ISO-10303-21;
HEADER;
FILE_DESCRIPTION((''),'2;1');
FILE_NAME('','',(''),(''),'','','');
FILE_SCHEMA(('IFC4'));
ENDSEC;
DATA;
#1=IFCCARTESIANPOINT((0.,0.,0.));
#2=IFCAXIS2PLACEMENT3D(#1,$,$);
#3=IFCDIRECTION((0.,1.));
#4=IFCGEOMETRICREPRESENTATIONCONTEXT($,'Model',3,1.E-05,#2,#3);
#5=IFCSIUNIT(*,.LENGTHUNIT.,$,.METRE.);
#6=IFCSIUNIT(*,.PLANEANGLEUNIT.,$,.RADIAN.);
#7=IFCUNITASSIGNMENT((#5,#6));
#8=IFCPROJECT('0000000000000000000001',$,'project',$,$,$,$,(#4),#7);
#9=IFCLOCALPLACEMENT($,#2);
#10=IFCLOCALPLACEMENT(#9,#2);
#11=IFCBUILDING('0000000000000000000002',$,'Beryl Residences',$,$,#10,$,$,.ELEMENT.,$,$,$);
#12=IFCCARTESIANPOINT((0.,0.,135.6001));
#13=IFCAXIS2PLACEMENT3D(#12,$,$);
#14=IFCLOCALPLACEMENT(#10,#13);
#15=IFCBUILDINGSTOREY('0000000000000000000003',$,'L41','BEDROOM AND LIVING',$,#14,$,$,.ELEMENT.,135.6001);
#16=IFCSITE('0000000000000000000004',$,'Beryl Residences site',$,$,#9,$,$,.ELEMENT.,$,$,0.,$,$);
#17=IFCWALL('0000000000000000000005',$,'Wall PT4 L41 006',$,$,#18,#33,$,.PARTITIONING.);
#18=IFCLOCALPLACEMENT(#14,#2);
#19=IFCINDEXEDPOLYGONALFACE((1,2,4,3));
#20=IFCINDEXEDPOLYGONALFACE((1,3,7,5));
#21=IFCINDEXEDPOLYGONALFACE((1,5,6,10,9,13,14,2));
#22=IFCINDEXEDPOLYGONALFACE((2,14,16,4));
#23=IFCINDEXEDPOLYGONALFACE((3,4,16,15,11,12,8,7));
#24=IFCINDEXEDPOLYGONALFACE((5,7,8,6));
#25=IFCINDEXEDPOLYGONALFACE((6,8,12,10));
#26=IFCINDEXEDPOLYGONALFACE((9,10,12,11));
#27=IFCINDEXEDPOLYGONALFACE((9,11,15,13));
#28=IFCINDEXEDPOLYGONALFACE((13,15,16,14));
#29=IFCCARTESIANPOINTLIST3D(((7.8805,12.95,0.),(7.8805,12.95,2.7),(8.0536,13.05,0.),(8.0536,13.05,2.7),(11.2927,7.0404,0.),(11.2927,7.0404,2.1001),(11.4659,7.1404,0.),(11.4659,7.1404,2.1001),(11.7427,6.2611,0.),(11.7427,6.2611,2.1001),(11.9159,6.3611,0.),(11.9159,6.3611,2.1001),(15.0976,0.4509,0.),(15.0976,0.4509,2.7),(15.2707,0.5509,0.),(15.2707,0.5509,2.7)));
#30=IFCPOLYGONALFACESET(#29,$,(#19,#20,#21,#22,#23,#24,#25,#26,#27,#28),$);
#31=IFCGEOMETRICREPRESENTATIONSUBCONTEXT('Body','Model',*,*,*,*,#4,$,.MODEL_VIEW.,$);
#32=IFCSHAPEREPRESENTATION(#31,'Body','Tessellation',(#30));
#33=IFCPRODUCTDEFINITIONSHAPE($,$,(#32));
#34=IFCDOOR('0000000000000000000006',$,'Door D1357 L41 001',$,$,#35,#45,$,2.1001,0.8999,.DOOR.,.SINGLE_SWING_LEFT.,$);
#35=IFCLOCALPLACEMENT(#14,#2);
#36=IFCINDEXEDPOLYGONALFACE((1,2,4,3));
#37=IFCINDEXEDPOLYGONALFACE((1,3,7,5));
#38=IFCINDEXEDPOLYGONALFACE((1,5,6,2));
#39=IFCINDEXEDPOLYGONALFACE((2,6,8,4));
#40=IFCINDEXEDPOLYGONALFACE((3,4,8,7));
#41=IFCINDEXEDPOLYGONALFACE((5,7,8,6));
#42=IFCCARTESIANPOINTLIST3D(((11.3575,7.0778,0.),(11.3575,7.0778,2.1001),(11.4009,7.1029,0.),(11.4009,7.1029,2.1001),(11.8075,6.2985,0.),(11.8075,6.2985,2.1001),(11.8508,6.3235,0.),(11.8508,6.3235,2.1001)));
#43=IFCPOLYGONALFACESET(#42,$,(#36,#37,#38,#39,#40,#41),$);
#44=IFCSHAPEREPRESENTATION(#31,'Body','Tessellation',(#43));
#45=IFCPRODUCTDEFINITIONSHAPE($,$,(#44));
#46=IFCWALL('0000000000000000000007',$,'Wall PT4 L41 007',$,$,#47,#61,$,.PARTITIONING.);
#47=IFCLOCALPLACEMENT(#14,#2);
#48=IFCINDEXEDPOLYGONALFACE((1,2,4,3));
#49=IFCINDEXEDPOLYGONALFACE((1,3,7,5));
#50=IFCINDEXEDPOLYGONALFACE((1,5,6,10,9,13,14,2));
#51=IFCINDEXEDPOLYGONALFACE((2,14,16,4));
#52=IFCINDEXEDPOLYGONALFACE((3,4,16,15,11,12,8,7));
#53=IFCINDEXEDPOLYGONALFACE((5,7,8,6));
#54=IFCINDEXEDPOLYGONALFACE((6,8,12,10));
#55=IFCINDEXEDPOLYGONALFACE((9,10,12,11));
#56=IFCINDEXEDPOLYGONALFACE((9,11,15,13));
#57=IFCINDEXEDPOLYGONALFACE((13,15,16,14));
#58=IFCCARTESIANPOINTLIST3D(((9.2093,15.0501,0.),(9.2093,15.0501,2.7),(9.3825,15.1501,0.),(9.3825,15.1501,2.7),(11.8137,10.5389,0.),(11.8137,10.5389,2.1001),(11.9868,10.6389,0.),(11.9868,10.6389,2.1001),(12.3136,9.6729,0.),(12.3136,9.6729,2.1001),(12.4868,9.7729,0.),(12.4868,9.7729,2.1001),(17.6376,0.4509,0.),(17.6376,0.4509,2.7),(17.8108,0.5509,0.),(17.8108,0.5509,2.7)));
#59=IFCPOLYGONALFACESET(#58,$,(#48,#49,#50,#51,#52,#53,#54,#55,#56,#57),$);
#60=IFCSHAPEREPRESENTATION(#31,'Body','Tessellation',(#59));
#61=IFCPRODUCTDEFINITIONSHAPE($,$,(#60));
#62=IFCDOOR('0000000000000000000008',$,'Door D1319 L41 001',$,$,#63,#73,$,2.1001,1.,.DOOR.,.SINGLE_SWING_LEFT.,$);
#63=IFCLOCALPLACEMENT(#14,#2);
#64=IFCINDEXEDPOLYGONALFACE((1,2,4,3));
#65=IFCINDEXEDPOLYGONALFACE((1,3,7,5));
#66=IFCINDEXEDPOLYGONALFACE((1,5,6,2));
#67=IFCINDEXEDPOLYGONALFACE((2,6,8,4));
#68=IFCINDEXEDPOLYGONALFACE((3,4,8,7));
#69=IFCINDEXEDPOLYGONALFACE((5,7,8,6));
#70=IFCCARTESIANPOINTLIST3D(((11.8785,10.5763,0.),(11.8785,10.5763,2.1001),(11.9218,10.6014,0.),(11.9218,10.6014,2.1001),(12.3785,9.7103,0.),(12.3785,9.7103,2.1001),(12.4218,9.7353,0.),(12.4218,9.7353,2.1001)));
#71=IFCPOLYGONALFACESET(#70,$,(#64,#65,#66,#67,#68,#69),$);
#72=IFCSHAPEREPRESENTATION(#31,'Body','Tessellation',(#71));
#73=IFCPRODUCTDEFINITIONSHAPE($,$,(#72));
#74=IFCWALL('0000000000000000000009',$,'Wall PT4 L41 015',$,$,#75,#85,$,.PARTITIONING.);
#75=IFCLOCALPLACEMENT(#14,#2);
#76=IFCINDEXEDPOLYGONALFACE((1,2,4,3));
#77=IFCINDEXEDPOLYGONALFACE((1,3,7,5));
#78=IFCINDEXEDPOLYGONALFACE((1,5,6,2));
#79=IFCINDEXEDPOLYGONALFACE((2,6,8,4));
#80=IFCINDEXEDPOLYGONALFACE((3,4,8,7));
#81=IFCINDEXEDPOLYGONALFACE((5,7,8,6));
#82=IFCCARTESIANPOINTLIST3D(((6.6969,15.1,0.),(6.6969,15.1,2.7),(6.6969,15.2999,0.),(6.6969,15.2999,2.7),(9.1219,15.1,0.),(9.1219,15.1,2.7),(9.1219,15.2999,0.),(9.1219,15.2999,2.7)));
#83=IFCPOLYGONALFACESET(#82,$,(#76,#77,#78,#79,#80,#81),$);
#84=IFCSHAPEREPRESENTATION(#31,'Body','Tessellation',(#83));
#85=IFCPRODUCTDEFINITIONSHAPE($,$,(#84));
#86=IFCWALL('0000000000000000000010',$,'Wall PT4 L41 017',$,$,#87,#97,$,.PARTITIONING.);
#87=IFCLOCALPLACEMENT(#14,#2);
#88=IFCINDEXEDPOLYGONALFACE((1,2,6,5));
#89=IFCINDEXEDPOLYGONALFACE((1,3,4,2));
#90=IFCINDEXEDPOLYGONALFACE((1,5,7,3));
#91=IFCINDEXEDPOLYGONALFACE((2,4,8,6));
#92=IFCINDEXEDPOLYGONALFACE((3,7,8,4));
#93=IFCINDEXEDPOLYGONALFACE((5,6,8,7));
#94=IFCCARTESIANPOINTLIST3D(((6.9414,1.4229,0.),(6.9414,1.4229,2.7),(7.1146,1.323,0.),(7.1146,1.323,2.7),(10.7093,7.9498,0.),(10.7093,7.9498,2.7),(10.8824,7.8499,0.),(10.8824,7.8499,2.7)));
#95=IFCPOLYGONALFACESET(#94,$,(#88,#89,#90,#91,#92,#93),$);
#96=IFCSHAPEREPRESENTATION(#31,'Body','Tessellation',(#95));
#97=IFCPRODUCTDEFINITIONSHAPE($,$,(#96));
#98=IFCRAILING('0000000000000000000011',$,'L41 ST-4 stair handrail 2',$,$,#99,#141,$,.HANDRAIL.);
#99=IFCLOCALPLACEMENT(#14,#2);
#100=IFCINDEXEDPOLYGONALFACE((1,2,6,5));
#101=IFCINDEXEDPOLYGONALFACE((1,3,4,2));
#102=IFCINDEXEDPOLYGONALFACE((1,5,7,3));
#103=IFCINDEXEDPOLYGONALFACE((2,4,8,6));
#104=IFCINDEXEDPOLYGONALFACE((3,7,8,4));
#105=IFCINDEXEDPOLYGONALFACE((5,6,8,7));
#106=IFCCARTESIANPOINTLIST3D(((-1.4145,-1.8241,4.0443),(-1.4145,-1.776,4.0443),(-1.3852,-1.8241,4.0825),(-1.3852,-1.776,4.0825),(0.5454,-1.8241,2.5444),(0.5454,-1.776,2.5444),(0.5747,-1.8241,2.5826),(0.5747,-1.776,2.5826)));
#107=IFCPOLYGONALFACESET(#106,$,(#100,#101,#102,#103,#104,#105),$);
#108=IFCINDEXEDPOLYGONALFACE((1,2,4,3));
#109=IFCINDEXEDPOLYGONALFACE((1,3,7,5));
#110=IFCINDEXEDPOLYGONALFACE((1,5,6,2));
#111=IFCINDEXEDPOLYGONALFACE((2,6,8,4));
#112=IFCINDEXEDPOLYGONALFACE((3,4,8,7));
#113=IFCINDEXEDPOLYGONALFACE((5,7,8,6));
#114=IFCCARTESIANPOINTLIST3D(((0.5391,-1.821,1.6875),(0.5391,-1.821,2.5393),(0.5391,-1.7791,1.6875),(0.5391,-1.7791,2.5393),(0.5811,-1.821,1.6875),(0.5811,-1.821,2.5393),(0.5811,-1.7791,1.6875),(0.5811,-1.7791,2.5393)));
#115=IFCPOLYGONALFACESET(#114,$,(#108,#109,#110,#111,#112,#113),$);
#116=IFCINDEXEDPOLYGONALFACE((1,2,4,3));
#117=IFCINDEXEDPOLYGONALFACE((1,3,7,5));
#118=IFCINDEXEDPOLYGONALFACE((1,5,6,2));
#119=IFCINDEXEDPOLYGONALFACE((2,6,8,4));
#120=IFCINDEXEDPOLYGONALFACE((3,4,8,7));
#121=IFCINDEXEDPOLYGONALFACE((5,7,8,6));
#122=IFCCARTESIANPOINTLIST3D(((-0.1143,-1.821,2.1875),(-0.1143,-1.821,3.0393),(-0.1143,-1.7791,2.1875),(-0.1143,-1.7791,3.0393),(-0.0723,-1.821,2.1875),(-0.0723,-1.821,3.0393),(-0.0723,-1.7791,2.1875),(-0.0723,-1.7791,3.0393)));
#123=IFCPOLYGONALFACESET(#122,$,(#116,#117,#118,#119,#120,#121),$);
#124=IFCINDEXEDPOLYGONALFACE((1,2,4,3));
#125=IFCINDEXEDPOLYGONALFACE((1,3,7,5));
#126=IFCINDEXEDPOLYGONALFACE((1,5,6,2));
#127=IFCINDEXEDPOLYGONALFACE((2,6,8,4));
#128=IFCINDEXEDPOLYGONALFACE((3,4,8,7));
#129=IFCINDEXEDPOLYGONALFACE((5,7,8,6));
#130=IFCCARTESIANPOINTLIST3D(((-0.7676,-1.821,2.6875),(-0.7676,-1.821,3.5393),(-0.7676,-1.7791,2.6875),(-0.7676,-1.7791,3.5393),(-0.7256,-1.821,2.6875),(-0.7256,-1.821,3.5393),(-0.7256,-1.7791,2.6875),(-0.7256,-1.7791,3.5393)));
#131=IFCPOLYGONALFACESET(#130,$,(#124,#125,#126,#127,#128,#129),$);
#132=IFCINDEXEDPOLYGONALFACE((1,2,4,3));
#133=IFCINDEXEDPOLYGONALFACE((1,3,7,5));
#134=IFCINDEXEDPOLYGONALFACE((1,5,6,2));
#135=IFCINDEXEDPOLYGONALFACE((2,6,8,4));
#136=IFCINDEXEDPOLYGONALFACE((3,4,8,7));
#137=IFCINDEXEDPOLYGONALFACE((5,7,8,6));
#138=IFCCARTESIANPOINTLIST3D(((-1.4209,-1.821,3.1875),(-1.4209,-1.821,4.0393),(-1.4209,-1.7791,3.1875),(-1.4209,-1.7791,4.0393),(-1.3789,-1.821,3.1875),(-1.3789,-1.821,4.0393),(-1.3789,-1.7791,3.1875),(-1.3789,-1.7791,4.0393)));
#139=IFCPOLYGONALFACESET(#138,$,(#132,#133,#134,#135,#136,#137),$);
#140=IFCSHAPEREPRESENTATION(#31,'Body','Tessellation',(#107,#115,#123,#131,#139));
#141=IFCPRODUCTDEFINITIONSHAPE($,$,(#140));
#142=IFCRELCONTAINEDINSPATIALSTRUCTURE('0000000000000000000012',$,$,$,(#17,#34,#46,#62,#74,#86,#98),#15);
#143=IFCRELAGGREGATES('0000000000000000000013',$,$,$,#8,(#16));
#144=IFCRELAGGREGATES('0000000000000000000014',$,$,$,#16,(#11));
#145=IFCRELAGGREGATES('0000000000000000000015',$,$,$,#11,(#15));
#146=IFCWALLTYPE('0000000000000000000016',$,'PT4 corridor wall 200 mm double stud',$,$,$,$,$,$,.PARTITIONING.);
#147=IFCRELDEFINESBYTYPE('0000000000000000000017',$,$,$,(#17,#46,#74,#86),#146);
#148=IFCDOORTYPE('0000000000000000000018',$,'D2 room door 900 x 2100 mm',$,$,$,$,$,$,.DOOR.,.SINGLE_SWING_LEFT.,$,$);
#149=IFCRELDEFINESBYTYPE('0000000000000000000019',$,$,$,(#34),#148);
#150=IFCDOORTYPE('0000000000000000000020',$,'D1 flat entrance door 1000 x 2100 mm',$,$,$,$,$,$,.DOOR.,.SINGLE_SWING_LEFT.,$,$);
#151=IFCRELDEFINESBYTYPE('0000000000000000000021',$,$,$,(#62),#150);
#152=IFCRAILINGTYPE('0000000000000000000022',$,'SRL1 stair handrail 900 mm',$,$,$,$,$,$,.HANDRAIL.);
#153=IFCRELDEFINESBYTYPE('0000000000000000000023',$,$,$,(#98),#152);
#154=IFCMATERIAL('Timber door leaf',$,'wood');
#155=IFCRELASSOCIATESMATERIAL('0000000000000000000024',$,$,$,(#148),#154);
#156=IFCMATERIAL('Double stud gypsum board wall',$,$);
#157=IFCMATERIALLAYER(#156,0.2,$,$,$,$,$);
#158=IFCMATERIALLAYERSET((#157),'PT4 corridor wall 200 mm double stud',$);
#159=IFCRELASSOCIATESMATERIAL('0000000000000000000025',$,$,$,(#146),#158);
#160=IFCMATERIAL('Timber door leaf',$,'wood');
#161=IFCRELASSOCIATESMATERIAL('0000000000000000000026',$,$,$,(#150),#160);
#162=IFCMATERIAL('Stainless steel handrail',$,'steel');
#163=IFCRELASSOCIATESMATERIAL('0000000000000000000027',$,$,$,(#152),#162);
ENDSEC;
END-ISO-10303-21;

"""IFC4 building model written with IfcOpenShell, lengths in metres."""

from ifc_helpers import new_model, si_unit, direction, frame, frame_2d, origin, origin_2d, place, context, subcontext, project, spatial, rectangle, extrude, material, layer, layer_set, type_object, element, fill, save


model = new_model("IFC4")

# Units and contexts
model_context = context("Model", 3, precision=1e-05, world=origin(), true_north=direction((0.0, 1.0)))
body_context = subcontext(model_context, "Body", "Model", "MODEL_VIEW")
ifc_project = project(units=[si_unit("LENGTHUNIT", "METRE"), si_unit("PLANEANGLEUNIT", "RADIAN")], contexts=[model_context])

# Site, building, storey
site_placement = place(None, origin())
site = spatial("IfcSite", under=ifc_project, at=site_placement, Name="Beryl Residences site", CompositionType="ELEMENT", RefElevation=0.0)
building_placement = place(site_placement, origin())
building = spatial("IfcBuilding", under=site, at=building_placement, Name="Beryl Residences", CompositionType="ELEMENT")
storey_placement = place(building_placement, frame((0.0, 0.0, 135.6001)))
storey = spatial("IfcBuildingStorey", under=building, at=storey_placement, Name="L41", Description="BEDROOM AND LIVING", CompositionType="ELEMENT", Elevation=135.6001)

# Shared definitions
ifc_material_1 = material(Name="Timber door leaf", Category="wood")
door_type_1 = type_object("IfcDoorType", Name="D2 room door 900 x 2100 mm", OperationType="SINGLE_SWING_LEFT", PredefinedType="DOOR", material=ifc_material_1)

# Walls, openings, doors
ifc_material_2 = material(Name="Double stud gypsum board wall")
ifc_layer_1 = layer(ifc_material_2, 0.2)
ifc_layer_set_1 = layer_set([ifc_layer_1], Name="PT4 corridor wall 200 mm double stud")
wall_type_1 = type_object("IfcWallType", Name="PT4 corridor wall 200 mm double stud", PredefinedType="PARTITIONING", material=ifc_layer_set_1)
wall_1_placement = place(storey_placement, frame((7.967, 13.0, 0.0), z_axis=(0.0, 0.0, 1.0), x_axis=(0.500038, -0.866004, 0.0)))
wall_1 = element("IfcWall", 1, at=wall_1_placement, inside=storey, type_object=wall_type_1, Name="Wall PT4 L41 006", PredefinedType="PARTITIONING", context=body_context, shape_type="SweptSolid", body=[
    extrude(rectangle(XDim=14.4331, YDim=0.2, at=frame_2d((7.2166, 0.0))), origin(), (0.0, 0.0, 1.0), 2.7),
])
opening_1_placement = place(wall_1_placement, frame((6.824, 0.0, 0.0)))
opening_1 = element("IfcOpeningElement", 2, at=opening_1_placement, cuts=wall_1, PredefinedType="OPENING", context=body_context, shape_type="SweptSolid", body=[
    extrude(rectangle(XDim=0.8999, YDim=2.1001, at=frame_2d((0.45, 1.05))), frame((0.0, 0.1099, 0.0), z_axis=(0.0, -1.0, 0.0), x_axis=(1.0, 0.0, 0.0)), (0.0, 0.0, 1.0), 0.22),
])
door_1_placement = place(opening_1_placement, origin())
door_1 = element("IfcDoor", 3, at=door_1_placement, inside=storey, type_object=door_type_1, Name="Door D1357 L41 001", OperationType="SINGLE_SWING_LEFT", OverallHeight=2.1001, OverallWidth=0.8999, PredefinedType="DOOR", context=body_context, shape_type="SweptSolid", body=[
    extrude(rectangle(XDim=0.8999, YDim=2.1001, at=frame_2d((0.45, 1.05))), frame((0.0, 0.0249, 0.0), z_axis=(0.0, -1.0, 0.0), x_axis=(1.0, 0.0, 0.0)), (0.0, 0.0, 1.0), 0.05),
])
fill(opening_1, door_1)
wall_2_placement = place(storey_placement, frame((9.2959, 15.1001, 0.0), z_axis=(0.0, 0.0, 1.0), x_axis=(0.499974, -0.86604, 0.0)))
wall_2 = element("IfcWall", 4, at=wall_2_placement, inside=storey, type_object=wall_type_1, Name="Wall PT4 L41 007", PredefinedType="PARTITIONING", context=body_context, shape_type="SweptSolid", body=[
    extrude(rectangle(XDim=16.8574, YDim=0.2, at=frame_2d((8.4287, 0.0))), origin(), (0.0, 0.0, 1.0), 2.7),
])
opening_2_placement = place(wall_2_placement, frame((5.209, 0.0, 0.0)))
opening_2 = element("IfcOpeningElement", 5, at=opening_2_placement, cuts=wall_2, PredefinedType="OPENING", context=body_context, shape_type="SweptSolid", body=[
    extrude(rectangle(XDim=1.0, YDim=2.1001, at=frame_2d((0.5, 1.05))), frame((0.0, 0.1099, 0.0), z_axis=(0.0, -1.0, 0.0), x_axis=(1.0, 0.0, 0.0)), (0.0, 0.0, 1.0), 0.22),
])
ifc_material_3 = material(Name="Timber door leaf", Category="wood")
door_type_2 = type_object("IfcDoorType", Name="D1 flat entrance door 1000 x 2100 mm", OperationType="SINGLE_SWING_LEFT", PredefinedType="DOOR", material=ifc_material_3)
door_2_placement = place(opening_2_placement, origin())
door_2 = element("IfcDoor", 6, at=door_2_placement, inside=storey, type_object=door_type_2, Name="Door D1319 L41 001", OperationType="SINGLE_SWING_LEFT", OverallHeight=2.1001, OverallWidth=1.0, PredefinedType="DOOR", context=body_context, shape_type="SweptSolid", body=[
    extrude(rectangle(XDim=1.0, YDim=2.1001, at=frame_2d((0.5, 1.05))), frame((0.0, 0.0249, 0.0), z_axis=(0.0, -1.0, 0.0), x_axis=(1.0, 0.0, 0.0)), (0.0, 0.0, 1.0), 0.05),
])
fill(opening_2, door_2)

# Walls
wall_3_placement = place(storey_placement, frame((6.697, 15.2, 0.0), z_axis=(0.0, 0.0, 1.0), x_axis=(1.0, 0.0, 0.0)))
element("IfcWall", 7, at=wall_3_placement, inside=storey, type_object=wall_type_1, Name="Wall PT4 L41 015", PredefinedType="PARTITIONING", context=body_context, shape_type="SweptSolid", body=[
    extrude(rectangle(XDim=2.425, YDim=0.2, at=frame_2d((1.2124, 0.0))), origin(), (0.0, 0.0, 1.0), 2.7),
])
wall_4_placement = place(storey_placement, frame((7.0281, 1.373, 0.0), z_axis=(0.0, 0.0, 1.0), x_axis=(0.499954, 0.866052, 0.0)))
element("IfcWall", 8, at=wall_4_placement, inside=storey, type_object=wall_type_1, Name="Wall PT4 L41 017", PredefinedType="PARTITIONING", context=body_context, shape_type="SweptSolid", body=[
    extrude(rectangle(XDim=7.5364, YDim=0.2, at=frame_2d((3.7681, 0.0))), origin(), (0.0, 0.0, 1.0), 2.7),
])

# Railing
ifc_material_4 = material(Name="Stainless steel handrail", Category="steel")
railing_type_1 = type_object("IfcRailingType", Name="SRL1 stair handrail 900 mm", PredefinedType="HANDRAIL", material=ifc_material_4)
railing_1_placement = place(storey_placement, frame((0.5601, -1.8, 1.6875)))
element("IfcRailing", 9, at=railing_1_placement, inside=storey, type_object=railing_type_1, Name="L41 ST-4 stair handrail 2", PredefinedType="HANDRAIL", context=body_context, shape_type="SweptSolid", body=[
    extrude(rectangle(XDim=0.0481, YDim=0.0481, at=origin_2d()), frame((0.0, 0.0, 0.876), z_axis=(-0.794122, 0.0, 0.607758), x_axis=(0.0, -1.0, 0.0)), (0.0, 0.0, 1.0), 2.468),
    extrude(rectangle(XDim=0.042, YDim=0.042, at=origin_2d()), origin(), (0.0, 0.0, 1.0), 0.8518),
    extrude(rectangle(XDim=0.042, YDim=0.042, at=origin_2d()), frame((-0.6533, 0.0, 0.5)), (0.0, 0.0, 1.0), 0.8518),
    extrude(rectangle(XDim=0.042, YDim=0.042, at=origin_2d()), frame((-1.3066, 0.0, 1.0)), (0.0, 0.0, 1.0), 0.8518),
    extrude(rectangle(XDim=0.042, YDim=0.042, at=origin_2d()), frame((-1.96, 0.0, 1.5)), (0.0, 0.0, 1.0), 0.8518),
])

save(model, "model.ifc")
